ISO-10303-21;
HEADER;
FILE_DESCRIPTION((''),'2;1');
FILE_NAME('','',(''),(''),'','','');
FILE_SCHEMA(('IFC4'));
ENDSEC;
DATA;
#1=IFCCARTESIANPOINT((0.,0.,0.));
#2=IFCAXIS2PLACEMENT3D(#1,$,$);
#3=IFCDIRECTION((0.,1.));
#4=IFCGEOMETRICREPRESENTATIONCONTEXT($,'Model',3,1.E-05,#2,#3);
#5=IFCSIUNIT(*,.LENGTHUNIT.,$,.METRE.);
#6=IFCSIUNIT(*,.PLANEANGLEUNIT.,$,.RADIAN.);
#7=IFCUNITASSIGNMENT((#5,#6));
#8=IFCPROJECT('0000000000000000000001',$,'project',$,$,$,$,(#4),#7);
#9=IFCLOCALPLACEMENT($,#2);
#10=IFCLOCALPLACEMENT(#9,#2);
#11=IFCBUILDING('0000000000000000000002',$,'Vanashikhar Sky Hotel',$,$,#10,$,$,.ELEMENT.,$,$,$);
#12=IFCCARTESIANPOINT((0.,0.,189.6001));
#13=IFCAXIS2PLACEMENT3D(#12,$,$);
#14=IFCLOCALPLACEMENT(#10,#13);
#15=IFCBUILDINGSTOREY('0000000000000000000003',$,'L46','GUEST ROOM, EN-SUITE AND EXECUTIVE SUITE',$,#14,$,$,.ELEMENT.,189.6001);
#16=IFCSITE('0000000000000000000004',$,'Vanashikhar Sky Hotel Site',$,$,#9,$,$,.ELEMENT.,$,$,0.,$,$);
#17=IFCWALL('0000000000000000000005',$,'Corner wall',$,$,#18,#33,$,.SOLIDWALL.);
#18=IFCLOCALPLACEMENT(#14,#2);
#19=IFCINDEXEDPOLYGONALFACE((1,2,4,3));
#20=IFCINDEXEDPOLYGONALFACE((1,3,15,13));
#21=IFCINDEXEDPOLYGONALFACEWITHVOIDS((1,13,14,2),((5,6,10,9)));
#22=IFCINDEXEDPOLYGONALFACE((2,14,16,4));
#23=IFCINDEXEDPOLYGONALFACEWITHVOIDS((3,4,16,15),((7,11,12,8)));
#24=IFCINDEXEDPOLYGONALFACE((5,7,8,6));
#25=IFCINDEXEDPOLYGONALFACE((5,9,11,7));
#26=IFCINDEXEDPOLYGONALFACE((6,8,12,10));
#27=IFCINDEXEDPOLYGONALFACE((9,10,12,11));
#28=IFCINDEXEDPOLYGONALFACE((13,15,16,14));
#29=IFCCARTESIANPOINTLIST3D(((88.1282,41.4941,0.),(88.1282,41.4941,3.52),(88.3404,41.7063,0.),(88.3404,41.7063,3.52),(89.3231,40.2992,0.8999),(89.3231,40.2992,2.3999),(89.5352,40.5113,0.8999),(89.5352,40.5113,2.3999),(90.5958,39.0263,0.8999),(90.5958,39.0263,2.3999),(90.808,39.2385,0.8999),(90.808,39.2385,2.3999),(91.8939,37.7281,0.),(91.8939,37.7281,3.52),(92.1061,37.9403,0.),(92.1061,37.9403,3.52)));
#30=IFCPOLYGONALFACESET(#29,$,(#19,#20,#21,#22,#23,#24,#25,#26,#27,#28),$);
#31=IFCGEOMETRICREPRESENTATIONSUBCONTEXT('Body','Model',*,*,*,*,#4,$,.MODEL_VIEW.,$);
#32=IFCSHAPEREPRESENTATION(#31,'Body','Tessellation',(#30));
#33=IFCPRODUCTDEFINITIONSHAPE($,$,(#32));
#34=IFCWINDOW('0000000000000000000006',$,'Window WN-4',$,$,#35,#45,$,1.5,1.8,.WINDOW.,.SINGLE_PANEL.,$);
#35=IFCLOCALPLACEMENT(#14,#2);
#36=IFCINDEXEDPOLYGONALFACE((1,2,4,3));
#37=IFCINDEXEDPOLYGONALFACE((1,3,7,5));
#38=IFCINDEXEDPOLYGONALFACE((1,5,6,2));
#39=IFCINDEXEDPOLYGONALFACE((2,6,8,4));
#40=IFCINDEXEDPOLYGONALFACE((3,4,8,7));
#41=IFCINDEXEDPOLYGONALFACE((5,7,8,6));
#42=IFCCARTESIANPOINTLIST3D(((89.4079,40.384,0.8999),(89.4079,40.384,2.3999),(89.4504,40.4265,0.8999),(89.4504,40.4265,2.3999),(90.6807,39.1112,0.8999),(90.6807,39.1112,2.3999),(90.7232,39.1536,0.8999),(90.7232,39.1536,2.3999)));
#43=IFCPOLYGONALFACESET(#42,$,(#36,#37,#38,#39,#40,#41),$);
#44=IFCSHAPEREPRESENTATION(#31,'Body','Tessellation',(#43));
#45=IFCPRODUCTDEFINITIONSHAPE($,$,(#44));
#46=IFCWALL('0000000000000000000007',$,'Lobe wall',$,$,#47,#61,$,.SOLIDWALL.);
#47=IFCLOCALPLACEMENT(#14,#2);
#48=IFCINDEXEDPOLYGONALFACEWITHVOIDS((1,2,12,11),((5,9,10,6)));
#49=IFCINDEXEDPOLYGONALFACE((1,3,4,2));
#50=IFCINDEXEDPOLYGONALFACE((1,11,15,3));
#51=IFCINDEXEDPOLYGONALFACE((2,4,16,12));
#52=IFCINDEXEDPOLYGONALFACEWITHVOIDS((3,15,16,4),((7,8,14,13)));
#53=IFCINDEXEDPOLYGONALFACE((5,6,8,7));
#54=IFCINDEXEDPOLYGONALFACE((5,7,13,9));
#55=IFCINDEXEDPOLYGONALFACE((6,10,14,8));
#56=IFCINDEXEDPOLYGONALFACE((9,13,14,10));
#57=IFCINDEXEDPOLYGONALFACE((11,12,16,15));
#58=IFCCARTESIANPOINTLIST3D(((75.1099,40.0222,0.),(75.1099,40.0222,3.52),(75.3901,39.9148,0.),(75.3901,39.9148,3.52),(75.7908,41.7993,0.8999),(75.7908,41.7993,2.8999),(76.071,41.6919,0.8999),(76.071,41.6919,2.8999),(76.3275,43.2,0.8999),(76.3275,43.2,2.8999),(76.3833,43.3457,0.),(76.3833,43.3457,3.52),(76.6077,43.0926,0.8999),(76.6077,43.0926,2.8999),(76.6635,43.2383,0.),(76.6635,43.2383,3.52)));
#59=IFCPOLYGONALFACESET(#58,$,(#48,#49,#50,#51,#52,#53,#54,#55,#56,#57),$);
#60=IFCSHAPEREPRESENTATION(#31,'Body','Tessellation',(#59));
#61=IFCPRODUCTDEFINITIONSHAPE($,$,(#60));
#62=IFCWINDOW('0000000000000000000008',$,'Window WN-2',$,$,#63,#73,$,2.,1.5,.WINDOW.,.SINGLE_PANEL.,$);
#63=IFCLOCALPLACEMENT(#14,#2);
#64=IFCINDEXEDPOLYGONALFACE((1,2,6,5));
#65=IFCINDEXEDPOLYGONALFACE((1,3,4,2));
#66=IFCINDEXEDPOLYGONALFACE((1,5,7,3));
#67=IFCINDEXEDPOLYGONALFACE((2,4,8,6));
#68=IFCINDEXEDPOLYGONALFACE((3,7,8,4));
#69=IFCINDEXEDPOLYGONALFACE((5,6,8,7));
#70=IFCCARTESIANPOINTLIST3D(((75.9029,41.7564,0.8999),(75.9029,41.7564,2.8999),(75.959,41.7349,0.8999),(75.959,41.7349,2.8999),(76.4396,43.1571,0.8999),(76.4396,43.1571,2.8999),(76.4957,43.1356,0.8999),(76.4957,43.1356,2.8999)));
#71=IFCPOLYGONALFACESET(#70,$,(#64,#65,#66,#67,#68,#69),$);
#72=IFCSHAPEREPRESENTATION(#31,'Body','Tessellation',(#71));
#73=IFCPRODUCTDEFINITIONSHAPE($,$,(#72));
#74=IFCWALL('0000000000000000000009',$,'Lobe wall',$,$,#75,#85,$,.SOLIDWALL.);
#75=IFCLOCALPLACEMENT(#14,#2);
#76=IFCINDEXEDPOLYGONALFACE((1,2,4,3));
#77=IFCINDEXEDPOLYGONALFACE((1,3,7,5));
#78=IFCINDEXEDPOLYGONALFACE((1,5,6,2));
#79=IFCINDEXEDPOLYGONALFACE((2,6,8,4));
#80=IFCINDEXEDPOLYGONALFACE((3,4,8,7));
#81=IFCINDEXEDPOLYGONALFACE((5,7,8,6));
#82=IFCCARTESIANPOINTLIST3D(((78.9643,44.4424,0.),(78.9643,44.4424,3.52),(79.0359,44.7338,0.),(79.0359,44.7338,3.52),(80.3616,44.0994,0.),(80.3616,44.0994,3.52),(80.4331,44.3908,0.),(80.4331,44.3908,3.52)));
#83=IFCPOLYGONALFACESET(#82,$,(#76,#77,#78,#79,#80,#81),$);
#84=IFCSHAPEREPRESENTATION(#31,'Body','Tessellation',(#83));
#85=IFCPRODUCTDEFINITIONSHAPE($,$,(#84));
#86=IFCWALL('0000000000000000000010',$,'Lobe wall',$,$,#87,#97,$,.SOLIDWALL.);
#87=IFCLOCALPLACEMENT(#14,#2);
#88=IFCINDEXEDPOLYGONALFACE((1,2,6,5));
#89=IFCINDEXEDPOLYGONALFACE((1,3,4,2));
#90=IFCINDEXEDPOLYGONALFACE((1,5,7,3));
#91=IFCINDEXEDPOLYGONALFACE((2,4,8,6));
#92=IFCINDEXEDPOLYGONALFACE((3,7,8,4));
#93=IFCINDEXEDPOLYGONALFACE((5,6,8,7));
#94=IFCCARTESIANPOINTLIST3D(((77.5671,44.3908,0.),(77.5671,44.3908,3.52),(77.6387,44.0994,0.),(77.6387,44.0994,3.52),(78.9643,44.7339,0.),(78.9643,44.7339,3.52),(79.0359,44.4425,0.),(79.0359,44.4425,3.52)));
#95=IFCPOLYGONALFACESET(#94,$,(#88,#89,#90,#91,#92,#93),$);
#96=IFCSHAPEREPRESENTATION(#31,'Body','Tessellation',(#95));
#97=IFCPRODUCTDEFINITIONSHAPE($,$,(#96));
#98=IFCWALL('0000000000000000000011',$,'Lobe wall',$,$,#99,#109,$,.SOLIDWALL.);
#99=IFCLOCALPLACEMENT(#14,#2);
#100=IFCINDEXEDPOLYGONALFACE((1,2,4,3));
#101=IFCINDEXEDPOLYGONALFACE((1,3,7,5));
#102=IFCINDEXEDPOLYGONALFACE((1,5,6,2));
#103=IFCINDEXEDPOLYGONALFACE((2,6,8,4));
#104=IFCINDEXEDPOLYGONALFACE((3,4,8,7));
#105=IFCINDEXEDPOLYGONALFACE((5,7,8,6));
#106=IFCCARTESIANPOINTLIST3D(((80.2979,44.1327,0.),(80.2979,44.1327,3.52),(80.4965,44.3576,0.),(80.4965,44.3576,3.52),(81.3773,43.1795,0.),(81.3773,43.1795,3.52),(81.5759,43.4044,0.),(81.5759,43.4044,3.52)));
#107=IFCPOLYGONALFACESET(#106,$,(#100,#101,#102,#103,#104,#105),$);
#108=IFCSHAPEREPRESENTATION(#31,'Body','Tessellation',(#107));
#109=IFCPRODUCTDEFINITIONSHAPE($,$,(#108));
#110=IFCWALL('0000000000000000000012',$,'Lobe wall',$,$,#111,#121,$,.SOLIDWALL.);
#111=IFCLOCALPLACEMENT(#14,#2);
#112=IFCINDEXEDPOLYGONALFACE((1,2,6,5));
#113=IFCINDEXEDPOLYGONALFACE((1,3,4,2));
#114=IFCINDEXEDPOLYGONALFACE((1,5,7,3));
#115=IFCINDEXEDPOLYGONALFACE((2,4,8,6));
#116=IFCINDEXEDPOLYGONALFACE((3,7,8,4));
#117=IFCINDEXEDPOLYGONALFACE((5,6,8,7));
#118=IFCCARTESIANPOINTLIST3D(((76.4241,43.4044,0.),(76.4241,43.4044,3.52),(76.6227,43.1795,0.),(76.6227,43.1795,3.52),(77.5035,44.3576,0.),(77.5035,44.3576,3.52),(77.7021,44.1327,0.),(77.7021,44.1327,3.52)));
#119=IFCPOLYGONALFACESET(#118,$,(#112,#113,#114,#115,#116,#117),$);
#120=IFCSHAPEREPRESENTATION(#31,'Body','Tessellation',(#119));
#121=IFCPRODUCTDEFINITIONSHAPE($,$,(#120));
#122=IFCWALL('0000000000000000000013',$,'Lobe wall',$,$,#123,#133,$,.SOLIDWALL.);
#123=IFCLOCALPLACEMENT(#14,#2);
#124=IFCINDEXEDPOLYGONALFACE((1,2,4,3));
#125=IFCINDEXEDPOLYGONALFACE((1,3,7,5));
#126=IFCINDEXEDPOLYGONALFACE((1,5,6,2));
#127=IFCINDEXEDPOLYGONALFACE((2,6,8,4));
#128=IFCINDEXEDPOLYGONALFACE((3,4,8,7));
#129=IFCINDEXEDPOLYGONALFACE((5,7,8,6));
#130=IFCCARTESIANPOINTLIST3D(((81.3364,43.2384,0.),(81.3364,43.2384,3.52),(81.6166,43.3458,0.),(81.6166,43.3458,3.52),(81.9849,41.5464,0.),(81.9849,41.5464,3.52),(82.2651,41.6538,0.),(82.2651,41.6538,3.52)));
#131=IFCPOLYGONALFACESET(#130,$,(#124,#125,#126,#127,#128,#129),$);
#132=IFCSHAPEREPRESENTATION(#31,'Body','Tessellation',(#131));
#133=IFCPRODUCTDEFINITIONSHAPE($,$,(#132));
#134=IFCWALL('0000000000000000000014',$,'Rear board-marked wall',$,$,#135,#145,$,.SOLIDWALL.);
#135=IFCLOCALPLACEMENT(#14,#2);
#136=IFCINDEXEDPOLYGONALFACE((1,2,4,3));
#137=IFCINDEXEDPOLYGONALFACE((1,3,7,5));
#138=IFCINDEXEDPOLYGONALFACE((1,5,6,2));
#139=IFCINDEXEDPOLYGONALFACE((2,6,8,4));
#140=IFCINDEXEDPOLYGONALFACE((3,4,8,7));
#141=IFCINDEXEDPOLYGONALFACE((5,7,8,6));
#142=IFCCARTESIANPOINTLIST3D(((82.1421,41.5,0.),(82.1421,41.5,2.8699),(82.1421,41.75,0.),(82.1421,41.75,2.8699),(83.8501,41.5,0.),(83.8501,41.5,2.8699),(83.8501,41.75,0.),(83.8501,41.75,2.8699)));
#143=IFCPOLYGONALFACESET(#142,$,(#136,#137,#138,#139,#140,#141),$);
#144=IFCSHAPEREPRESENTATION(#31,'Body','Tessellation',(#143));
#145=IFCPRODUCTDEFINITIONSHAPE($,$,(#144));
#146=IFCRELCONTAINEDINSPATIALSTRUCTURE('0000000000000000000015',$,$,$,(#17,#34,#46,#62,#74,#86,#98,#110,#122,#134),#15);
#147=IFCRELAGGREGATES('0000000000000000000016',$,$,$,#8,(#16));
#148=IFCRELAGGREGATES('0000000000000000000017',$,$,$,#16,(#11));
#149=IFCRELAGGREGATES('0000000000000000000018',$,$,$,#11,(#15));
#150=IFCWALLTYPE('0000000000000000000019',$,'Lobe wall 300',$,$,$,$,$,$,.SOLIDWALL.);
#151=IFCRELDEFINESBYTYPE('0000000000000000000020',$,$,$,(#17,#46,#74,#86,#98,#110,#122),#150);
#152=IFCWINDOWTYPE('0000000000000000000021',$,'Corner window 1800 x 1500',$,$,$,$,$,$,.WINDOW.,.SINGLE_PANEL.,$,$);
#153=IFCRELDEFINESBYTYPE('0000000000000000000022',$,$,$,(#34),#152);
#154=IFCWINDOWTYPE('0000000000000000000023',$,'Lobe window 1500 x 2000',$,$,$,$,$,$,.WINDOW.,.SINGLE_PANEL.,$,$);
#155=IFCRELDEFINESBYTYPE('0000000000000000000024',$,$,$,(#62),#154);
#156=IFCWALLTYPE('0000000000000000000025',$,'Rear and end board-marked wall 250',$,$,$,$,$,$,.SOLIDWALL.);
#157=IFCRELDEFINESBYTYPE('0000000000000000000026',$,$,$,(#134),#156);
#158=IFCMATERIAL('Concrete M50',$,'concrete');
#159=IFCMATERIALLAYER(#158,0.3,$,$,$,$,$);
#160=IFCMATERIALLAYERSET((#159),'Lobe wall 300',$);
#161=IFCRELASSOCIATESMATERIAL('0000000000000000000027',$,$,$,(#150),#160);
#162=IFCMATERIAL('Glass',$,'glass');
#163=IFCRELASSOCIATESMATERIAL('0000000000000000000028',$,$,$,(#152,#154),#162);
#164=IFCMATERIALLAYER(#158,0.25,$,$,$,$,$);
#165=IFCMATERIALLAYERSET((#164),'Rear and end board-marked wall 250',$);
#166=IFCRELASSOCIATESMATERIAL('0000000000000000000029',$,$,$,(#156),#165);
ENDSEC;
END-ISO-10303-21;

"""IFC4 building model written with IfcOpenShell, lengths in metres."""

from ifc_helpers import new_model, si_unit, direction, frame, frame_2d, origin, place, context, subcontext, project, spatial, rectangle, extrude, source, transform, mapped, material, layer, layer_set, type_object, element, fill, save


model = new_model("IFC4")

# Units and contexts
model_context = context("Model", 3, precision=1e-05, world=origin(), true_north=direction((0.0, 1.0)))
body_context = subcontext(model_context, "Body", "Model", "MODEL_VIEW")
ifc_project = project(units=[si_unit("LENGTHUNIT", "METRE"), si_unit("PLANEANGLEUNIT", "RADIAN")], contexts=[model_context])

# Site, building, storey
site_placement = place(None, origin())
site = spatial("IfcSite", under=ifc_project, at=site_placement, Name="Vanashikhar Sky Hotel Site", CompositionType="ELEMENT", RefElevation=0.0)
building_placement = place(site_placement, origin())
building = spatial("IfcBuilding", under=site, at=building_placement, Name="Vanashikhar Sky Hotel", CompositionType="ELEMENT")
storey_placement = place(building_placement, frame((0.0, 0.0, 189.6001)))
storey = spatial("IfcBuildingStorey", under=building, at=storey_placement, Name="L46", Description="GUEST ROOM, EN-SUITE AND EXECUTIVE SUITE", CompositionType="ELEMENT", Elevation=189.6001)

# Walls, openings, windows
ifc_material_1 = material(Name="Concrete M50", Category="concrete")
ifc_layer_1 = layer(ifc_material_1, 0.3)
ifc_layer_set_1 = layer_set([ifc_layer_1], Name="Lobe wall 300")
wall_type_1 = type_object("IfcWallType", Name="Lobe wall 300", PredefinedType="SOLIDWALL", material=ifc_layer_set_1)
shared_shape_1 = source(origin(), body_context, "Body", "SweptSolid", [
    extrude(rectangle(XDim=5.3257, YDim=0.3, at=frame_2d((2.6628, 0.0))), origin(), (0.0, 0.0, 1.0), 3.52),
])
wall_1_placement = place(storey_placement, frame((92.0, 37.8342, 0.0), z_axis=(0.0, 0.0, 1.0), x_axis=(-0.707084, 0.70713, 0.0)))
wall_1 = element("IfcWall", 1, at=wall_1_placement, inside=storey, type_object=wall_type_1, Name="Corner wall", PredefinedType="SOLIDWALL", context=body_context, shape_type="MappedRepresentation", body=[
    mapped(shared_shape_1, transform((0.0, 0.0, 0.0), scale=1.0)),
])
shared_shape_2 = source(origin(), body_context, "Body", "SweptSolid", [
    extrude(rectangle(XDim=1.8, YDim=1.5, at=frame_2d((0.8999, 0.75))), frame((0.0, 0.1602, 0.0), z_axis=(0.0, -1.0, 0.0), x_axis=(1.0, 0.0, 0.0)), (0.0, 0.0, 1.0), 0.3201),
])
opening_1_placement = place(wall_1_placement, frame((1.8359, 0.0, 0.8999)))
opening_1 = element("IfcOpeningElement", 2, at=opening_1_placement, cuts=wall_1, PredefinedType="OPENING", context=body_context, shape_type="MappedRepresentation", body=[
    mapped(shared_shape_2, transform((0.0, 0.0, 0.0), scale=1.0)),
])
ifc_material_2 = material(Name="Glass", Category="glass")
window_type_1 = type_object("IfcWindowType", Name="Corner window 1800 x 1500", PartitioningType="SINGLE_PANEL", PredefinedType="WINDOW", material=ifc_material_2)
shared_shape_3 = source(origin(), body_context, "Body", "SweptSolid", [
    extrude(rectangle(XDim=1.8, YDim=1.5, at=frame_2d((0.8999, 0.75))), frame((0.0, 0.03, 0.0), z_axis=(0.0, -1.0, 0.0), x_axis=(1.0, 0.0, 0.0)), (0.0, 0.0, 1.0), 0.0601),
])
window_1_placement = place(opening_1_placement, origin())
window_1 = element("IfcWindow", 3, at=window_1_placement, inside=storey, type_object=window_type_1, Name="Window WN-4", OverallHeight=1.5, OverallWidth=1.8, PartitioningType="SINGLE_PANEL", PredefinedType="WINDOW", context=body_context, shape_type="MappedRepresentation", body=[
    mapped(shared_shape_3, transform((0.0, 0.0, 0.0), scale=1.0)),
])
fill(opening_1, window_1)
shared_shape_4 = source(origin(), body_context, "Body", "SweptSolid", [
    extrude(rectangle(XDim=3.5591, YDim=0.3, at=frame_2d((1.7795, 0.0))), origin(), (0.0, 0.0, 1.0), 3.52),
])
wall_2_placement = place(storey_placement, frame((76.5234, 43.292, 0.0), z_axis=(0.0, 0.0, 1.0), x_axis=(-0.357797, -0.933799, 0.0)))
wall_2 = element("IfcWall", 4, at=wall_2_placement, inside=storey, type_object=wall_type_1, Name="Lobe wall", PredefinedType="SOLIDWALL", context=body_context, shape_type="MappedRepresentation", body=[
    mapped(shared_shape_4, transform((0.0, 0.0, 0.0), scale=1.0)),
])
shared_shape_5 = source(origin(), body_context, "Body", "SweptSolid", [
    extrude(rectangle(XDim=1.5, YDim=2.0, at=frame_2d((0.75, 1.0))), frame((0.0, 0.1602, 0.0), z_axis=(0.0, -1.0, 0.0), x_axis=(1.0, 0.0, 0.0)), (0.0, 0.0, 1.0), 0.3201),
])
opening_2_placement = place(wall_2_placement, frame((0.156, 0.0, 0.8999)))
opening_2 = element("IfcOpeningElement", 5, at=opening_2_placement, cuts=wall_2, PredefinedType="OPENING", context=body_context, shape_type="MappedRepresentation", body=[
    mapped(shared_shape_5, transform((0.0, 0.0, 0.0), scale=1.0)),
])
window_type_2 = type_object("IfcWindowType", Name="Lobe window 1500 x 2000", PartitioningType="SINGLE_PANEL", PredefinedType="WINDOW", material=ifc_material_2)
shared_shape_6 = source(origin(), body_context, "Body", "SweptSolid", [
    extrude(rectangle(XDim=1.5, YDim=2.0, at=frame_2d((0.75, 1.0))), frame((0.0, 0.03, 0.0), z_axis=(0.0, -1.0, 0.0), x_axis=(1.0, 0.0, 0.0)), (0.0, 0.0, 1.0), 0.0601),
])
window_2_placement = place(opening_2_placement, origin())
window_2 = element("IfcWindow", 6, at=window_2_placement, inside=storey, type_object=window_type_2, Name="Window WN-2", OverallHeight=2.0, OverallWidth=1.5, PartitioningType="SINGLE_PANEL", PredefinedType="WINDOW", context=body_context, shape_type="MappedRepresentation", body=[
    mapped(shared_shape_6, transform((0.0, 0.0, 0.0), scale=1.0)),
])
fill(opening_2, window_2)

# Walls
shared_shape_7 = source(origin(), body_context, "Body", "SweptSolid", [
    extrude(rectangle(XDim=1.4387, YDim=0.3, at=frame_2d((0.7192, 0.0))), origin(), (0.0, 0.0, 1.0), 3.52),
])
for number, where, z_axis, x_axis, name in (
    (7, (80.3972, 44.2451, 0.0), (0.0, 0.0, 1.0), (-0.971162, 0.238421, 0.0), "Lobe wall"),
    (8, (79.0, 44.5881, 0.0), (0.0, 0.0, 1.0), (-0.971162, -0.238421, 0.0), "Lobe wall"),
):
    element("IfcWall", number, at=place(storey_placement, frame(where, z_axis=z_axis, x_axis=x_axis)), inside=storey, type_object=wall_type_1, Name=name, PredefinedType="SOLIDWALL", context=body_context, shape_type="MappedRepresentation", body=[
        mapped(shared_shape_7, transform((0.0, 0.0, 0.0), scale=1.0)),
    ])
shared_shape_8 = source(origin(), body_context, "Body", "SweptSolid", [
    extrude(rectangle(XDim=1.4399, YDim=0.3, at=frame_2d((0.72, 0.0))), origin(), (0.0, 0.0, 1.0), 3.52),
])
for number, where, z_axis, x_axis, name in (
    (9, (81.4766, 43.292, 0.0), (0.0, 0.0, 1.0), (-0.749576, 0.661919, 0.0), "Lobe wall"),
    (10, (77.6028, 44.2451, 0.0), (0.0, 0.0, 1.0), (-0.749576, -0.661919, 0.0), "Lobe wall"),
):
    element("IfcWall", number, at=place(storey_placement, frame(where, z_axis=z_axis, x_axis=x_axis)), inside=storey, type_object=wall_type_1, Name=name, PredefinedType="SOLIDWALL", context=body_context, shape_type="MappedRepresentation", body=[
        mapped(shared_shape_8, transform((0.0, 0.0, 0.0), scale=1.0)),
    ])
shared_shape_9 = source(origin(), body_context, "Body", "SweptSolid", [
    extrude(rectangle(XDim=1.812, YDim=0.3, at=frame_2d((0.906, 0.0))), origin(), (0.0, 0.0, 1.0), 3.52),
])
wall_3_placement = place(storey_placement, frame((82.125, 41.6001, 0.0), z_axis=(0.0, 0.0, 1.0), x_axis=(-0.357877, 0.933769, 0.0)))
element("IfcWall", 11, at=wall_3_placement, inside=storey, type_object=wall_type_1, Name="Lobe wall", PredefinedType="SOLIDWALL", context=body_context, shape_type="MappedRepresentation", body=[
    mapped(shared_shape_9, transform((0.0, 0.0, 0.0), scale=1.0)),
])
ifc_layer_2 = layer(ifc_material_1, 0.25)
ifc_layer_set_2 = layer_set([ifc_layer_2], Name="Rear and end board-marked wall 250")
wall_type_2 = type_object("IfcWallType", Name="Rear and end board-marked wall 250", PredefinedType="SOLIDWALL", material=ifc_layer_set_2)
shared_shape_10 = source(origin(), body_context, "Body", "SweptSolid", [
    extrude(rectangle(XDim=1.708, YDim=0.25, at=frame_2d((0.854, 0.0))), origin(), (0.0, 0.0, 1.0), 2.8699),
])
wall_4_placement = place(storey_placement, frame((83.8501, 41.625, 0.0), z_axis=(0.0, 0.0, 1.0), x_axis=(-1.0, 0.0, 0.0)))
element("IfcWall", 12, at=wall_4_placement, inside=storey, type_object=wall_type_2, Name="Rear board-marked wall", PredefinedType="SOLIDWALL", context=body_context, shape_type="MappedRepresentation", body=[
    mapped(shared_shape_10, transform((0.0, 0.0, 0.0), scale=1.0)),
])

save(model, "model.ifc")
